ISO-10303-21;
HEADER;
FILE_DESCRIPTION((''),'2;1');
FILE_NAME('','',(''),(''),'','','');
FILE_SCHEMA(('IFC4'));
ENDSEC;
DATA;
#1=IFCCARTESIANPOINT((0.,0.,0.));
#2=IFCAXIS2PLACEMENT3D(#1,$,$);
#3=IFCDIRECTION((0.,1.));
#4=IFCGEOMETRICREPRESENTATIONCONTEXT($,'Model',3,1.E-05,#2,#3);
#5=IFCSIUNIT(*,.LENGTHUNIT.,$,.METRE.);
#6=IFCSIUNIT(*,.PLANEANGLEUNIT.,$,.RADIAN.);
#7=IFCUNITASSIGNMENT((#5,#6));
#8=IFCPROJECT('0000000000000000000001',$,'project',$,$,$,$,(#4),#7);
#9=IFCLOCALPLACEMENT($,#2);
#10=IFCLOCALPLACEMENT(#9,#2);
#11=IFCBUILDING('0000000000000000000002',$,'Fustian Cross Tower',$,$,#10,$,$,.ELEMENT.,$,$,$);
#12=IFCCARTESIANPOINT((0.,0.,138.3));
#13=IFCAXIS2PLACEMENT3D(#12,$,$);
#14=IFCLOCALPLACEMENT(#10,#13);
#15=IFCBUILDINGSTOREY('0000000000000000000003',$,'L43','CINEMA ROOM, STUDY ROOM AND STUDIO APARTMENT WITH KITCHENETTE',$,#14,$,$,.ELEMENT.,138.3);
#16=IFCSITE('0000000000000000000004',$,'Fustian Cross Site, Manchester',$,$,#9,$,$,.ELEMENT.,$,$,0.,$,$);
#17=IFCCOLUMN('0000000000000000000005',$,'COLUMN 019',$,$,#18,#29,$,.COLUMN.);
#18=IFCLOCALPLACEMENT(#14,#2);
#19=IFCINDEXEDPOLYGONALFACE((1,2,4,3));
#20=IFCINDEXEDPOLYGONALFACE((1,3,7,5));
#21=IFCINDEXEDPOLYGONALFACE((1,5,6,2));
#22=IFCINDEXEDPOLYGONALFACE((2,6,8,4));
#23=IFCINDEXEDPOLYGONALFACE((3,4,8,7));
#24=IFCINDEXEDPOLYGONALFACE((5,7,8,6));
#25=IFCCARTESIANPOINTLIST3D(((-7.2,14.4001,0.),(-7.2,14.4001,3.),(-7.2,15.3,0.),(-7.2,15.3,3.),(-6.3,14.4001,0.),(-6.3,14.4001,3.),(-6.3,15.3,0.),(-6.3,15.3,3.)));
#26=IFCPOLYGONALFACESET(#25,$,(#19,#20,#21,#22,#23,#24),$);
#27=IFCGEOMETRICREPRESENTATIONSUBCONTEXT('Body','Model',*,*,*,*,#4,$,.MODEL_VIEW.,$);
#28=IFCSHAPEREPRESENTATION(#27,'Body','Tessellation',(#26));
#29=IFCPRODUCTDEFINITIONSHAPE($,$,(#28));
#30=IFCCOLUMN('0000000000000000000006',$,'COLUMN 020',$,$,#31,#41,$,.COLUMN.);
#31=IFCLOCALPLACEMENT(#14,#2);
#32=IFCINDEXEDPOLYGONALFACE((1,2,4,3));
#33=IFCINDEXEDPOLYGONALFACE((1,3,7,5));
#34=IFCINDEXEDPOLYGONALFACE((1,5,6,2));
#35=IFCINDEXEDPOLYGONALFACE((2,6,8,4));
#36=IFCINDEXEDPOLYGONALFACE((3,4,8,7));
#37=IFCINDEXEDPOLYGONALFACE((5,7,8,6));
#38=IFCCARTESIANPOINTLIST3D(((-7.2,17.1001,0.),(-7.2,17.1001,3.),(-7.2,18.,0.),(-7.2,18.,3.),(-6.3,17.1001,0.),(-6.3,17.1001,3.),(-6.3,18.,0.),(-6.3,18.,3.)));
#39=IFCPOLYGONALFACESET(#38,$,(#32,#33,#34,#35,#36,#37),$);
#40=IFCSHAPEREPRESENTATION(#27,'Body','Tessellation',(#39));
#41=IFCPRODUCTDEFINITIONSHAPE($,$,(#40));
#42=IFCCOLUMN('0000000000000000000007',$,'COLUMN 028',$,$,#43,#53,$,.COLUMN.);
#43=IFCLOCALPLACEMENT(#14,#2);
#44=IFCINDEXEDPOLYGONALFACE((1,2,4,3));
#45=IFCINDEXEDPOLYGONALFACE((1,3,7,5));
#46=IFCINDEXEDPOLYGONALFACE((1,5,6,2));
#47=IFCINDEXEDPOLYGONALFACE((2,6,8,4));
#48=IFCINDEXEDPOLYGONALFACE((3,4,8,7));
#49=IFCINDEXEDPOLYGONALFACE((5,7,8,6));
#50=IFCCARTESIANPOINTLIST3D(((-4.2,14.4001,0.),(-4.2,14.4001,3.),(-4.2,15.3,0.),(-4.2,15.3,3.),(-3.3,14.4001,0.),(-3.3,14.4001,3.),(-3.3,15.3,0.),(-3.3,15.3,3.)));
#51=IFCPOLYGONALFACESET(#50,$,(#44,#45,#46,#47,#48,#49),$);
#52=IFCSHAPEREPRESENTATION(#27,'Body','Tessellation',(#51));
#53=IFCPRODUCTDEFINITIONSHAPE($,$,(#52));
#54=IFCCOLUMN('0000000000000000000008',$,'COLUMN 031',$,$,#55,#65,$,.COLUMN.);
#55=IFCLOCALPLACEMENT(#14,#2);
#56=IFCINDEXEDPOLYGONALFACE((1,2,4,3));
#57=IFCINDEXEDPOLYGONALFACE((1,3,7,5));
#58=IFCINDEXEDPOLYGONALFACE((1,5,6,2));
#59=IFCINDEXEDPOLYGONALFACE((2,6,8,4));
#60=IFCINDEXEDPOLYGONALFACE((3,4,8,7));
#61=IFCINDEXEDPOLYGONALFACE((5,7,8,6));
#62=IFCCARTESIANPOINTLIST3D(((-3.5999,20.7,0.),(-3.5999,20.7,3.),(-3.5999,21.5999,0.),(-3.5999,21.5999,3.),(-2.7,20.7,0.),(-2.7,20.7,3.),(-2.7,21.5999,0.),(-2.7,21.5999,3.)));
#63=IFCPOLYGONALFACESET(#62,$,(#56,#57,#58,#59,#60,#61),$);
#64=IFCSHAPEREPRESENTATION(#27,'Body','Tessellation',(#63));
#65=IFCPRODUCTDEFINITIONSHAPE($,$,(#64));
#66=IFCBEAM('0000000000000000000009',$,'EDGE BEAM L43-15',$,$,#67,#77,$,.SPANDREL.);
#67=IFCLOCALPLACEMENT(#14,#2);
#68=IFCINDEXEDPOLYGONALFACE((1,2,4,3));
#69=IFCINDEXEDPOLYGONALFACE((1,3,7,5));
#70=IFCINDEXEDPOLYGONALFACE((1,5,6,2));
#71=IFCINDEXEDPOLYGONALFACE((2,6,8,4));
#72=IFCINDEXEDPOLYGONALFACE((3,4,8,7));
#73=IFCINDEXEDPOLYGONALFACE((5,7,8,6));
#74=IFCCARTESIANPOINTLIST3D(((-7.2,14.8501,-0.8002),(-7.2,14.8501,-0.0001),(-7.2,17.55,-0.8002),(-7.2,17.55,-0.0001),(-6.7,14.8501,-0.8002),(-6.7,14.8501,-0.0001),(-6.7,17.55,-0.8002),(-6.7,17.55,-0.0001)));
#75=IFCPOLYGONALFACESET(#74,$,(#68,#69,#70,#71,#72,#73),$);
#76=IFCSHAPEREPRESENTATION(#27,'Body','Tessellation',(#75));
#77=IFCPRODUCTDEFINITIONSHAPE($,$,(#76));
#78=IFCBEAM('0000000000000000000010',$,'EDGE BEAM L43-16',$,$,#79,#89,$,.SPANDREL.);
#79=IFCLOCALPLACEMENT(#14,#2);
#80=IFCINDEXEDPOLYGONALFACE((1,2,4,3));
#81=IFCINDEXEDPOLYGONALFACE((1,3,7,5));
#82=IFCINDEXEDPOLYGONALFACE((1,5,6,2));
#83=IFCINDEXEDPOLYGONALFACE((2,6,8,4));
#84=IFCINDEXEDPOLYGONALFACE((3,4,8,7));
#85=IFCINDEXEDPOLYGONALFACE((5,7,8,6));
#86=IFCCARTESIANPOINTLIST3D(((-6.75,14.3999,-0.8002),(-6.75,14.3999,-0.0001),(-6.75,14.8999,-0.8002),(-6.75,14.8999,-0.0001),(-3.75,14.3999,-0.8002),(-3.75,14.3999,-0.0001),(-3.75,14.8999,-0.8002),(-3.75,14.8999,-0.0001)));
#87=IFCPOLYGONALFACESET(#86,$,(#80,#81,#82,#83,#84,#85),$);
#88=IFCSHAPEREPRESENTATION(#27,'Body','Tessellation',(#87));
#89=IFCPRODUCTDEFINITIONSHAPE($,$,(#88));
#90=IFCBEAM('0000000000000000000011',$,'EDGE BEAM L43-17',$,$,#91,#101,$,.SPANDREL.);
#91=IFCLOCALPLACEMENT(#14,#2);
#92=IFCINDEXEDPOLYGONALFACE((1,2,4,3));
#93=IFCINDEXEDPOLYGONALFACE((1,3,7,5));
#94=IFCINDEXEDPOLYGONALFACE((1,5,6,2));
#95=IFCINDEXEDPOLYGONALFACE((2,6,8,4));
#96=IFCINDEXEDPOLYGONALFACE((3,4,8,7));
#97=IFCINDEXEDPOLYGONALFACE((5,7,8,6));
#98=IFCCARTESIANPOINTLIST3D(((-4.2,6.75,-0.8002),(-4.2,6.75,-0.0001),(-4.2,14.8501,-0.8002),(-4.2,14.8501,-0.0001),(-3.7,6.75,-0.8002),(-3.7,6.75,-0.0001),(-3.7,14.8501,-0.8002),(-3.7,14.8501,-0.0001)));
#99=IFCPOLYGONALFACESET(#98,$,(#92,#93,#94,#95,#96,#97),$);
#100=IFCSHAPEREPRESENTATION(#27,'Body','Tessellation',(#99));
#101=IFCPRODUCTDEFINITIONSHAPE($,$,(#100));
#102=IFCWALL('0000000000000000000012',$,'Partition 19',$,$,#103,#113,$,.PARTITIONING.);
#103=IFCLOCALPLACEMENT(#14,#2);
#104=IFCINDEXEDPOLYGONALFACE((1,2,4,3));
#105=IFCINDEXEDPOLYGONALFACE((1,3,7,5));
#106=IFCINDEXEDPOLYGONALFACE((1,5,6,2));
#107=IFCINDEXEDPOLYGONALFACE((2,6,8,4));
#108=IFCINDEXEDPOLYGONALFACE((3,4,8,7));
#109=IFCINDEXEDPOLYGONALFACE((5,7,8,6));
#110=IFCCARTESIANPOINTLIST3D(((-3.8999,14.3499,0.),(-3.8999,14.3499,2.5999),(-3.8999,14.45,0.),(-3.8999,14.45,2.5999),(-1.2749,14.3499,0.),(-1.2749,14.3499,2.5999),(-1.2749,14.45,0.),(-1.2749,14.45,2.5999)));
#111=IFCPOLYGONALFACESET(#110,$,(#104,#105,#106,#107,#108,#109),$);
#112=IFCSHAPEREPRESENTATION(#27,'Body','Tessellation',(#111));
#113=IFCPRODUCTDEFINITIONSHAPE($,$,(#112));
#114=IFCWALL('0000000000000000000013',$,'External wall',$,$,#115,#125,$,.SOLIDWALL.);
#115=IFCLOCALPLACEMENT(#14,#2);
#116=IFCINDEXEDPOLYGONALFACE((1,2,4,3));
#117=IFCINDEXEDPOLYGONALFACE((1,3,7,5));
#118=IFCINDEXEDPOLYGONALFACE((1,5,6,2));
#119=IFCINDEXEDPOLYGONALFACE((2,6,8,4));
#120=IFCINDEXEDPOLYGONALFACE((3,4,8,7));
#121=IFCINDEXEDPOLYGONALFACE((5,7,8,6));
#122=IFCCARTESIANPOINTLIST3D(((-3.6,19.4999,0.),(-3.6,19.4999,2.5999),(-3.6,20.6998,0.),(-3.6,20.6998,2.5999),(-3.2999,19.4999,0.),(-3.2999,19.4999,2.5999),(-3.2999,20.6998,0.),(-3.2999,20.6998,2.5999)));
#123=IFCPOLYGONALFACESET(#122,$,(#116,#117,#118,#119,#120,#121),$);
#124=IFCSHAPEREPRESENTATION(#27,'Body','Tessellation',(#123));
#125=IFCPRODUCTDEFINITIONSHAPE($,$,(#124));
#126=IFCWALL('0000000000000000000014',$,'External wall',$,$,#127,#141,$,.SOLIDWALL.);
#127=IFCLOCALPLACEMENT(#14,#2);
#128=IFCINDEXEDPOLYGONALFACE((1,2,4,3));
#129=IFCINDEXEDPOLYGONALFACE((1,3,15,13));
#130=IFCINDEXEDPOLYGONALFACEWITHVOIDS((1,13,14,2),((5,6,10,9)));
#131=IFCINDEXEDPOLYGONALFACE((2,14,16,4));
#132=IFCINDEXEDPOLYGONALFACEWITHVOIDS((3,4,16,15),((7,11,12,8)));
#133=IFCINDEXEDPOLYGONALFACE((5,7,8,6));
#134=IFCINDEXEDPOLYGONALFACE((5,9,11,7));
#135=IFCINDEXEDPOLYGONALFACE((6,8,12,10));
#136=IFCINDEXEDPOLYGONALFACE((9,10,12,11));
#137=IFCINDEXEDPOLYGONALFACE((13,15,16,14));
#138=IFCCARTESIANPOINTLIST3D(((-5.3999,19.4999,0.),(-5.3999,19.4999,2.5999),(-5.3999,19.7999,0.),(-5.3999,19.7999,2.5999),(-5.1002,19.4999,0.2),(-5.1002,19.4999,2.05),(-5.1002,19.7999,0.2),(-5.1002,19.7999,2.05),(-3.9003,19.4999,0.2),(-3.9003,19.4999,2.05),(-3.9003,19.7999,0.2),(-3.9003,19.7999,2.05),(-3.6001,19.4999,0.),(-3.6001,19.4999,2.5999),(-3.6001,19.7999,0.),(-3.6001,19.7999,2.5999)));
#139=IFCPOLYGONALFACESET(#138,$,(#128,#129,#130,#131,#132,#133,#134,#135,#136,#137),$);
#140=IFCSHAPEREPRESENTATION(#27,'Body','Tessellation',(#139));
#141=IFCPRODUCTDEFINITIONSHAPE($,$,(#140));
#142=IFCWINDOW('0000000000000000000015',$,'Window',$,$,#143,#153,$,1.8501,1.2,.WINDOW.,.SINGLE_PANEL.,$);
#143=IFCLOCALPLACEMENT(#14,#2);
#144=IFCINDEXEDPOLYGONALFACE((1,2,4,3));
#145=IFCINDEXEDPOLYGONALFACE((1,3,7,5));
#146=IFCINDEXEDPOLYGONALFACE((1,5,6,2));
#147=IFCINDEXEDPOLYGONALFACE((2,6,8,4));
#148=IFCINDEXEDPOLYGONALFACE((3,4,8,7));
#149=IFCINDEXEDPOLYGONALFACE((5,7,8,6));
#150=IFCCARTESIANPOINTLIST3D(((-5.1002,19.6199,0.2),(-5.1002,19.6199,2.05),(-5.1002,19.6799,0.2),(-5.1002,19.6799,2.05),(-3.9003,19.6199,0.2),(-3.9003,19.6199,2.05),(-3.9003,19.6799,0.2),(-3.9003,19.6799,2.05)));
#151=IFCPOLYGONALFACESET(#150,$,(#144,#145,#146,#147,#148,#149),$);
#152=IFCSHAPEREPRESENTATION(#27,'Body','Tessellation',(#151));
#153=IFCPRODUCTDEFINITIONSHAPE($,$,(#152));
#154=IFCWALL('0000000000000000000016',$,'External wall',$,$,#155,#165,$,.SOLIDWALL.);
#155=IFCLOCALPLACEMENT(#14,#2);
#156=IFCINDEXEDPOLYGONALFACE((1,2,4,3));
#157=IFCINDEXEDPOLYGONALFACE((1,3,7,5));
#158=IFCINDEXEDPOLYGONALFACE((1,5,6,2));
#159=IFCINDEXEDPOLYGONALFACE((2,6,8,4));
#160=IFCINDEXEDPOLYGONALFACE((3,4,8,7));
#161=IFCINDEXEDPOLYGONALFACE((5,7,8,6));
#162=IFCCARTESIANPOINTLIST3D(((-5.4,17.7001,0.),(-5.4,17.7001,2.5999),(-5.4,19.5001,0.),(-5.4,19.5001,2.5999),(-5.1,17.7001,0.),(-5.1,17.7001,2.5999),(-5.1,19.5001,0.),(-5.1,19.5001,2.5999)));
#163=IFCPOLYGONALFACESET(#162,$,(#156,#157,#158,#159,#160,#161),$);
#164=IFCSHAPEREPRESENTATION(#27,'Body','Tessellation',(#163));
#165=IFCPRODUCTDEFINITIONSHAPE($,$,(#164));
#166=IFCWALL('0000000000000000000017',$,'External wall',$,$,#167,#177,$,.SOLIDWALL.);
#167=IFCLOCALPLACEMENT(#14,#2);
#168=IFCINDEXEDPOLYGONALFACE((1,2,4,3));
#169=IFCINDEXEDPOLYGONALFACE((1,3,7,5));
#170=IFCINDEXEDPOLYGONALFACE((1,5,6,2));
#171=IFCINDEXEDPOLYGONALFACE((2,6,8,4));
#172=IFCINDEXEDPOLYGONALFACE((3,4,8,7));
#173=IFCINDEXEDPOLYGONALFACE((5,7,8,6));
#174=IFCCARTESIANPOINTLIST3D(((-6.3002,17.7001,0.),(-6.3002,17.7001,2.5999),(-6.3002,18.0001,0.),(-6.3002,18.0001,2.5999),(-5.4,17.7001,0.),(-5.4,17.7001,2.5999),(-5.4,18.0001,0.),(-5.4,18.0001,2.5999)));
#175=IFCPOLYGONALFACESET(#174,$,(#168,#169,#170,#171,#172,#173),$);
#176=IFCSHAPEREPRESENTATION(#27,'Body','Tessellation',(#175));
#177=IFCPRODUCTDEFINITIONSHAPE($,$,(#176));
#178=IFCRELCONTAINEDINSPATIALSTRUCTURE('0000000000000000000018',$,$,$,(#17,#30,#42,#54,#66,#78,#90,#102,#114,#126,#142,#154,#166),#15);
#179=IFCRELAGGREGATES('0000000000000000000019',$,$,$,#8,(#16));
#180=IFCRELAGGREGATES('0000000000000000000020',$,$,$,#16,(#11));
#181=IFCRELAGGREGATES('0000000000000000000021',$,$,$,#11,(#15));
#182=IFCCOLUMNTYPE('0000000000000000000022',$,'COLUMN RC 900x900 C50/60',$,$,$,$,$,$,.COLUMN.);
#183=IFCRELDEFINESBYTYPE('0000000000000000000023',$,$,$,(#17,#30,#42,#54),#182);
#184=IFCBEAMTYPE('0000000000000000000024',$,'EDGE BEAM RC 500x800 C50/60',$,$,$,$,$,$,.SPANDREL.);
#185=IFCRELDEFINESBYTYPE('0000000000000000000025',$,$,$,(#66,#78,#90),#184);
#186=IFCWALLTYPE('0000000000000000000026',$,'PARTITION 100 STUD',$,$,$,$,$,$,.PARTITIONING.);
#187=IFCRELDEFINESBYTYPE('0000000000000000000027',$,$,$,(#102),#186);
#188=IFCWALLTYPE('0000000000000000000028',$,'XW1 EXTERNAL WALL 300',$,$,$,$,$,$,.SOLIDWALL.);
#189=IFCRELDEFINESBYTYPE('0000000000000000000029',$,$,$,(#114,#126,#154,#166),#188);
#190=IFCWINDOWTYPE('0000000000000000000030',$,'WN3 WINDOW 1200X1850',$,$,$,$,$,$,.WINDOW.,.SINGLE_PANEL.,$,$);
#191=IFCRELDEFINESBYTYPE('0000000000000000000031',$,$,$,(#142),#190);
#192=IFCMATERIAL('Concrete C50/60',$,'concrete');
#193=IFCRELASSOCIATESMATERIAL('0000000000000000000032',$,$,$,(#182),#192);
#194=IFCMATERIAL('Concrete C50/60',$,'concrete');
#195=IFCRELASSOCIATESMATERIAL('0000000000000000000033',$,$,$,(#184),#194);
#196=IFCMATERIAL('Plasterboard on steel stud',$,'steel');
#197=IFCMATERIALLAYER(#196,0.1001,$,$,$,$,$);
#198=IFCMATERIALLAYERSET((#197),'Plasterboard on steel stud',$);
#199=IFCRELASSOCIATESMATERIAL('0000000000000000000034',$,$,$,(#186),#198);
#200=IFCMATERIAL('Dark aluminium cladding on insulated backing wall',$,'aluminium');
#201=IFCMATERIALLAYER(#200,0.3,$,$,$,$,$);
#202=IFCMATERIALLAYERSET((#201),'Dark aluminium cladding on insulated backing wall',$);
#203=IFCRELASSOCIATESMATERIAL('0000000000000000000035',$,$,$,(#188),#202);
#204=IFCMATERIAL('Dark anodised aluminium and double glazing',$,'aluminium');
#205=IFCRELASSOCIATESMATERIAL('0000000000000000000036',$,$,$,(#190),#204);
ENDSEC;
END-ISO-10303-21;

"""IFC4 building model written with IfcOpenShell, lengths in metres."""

from ifc_helpers import new_model, si_unit, direction, frame, frame_2d, origin, origin_2d, place, context, subcontext, project, spatial, rectangle, extrude, material, layer, layer_set, material_profile, profile_set, type_object, element, fill, save


model = new_model("IFC4")

# Units and contexts
model_context = context("Model", 3, precision=1e-05, world=origin(), true_north=direction((0.0, 1.0)))
body_context = subcontext(model_context, "Body", "Model", "MODEL_VIEW")
ifc_project = project(units=[si_unit("LENGTHUNIT", "METRE"), si_unit("PLANEANGLEUNIT", "RADIAN")], contexts=[model_context])

# Site, building, storey
site_placement = place(None, origin())
site = spatial("IfcSite", under=ifc_project, at=site_placement, Name="Fustian Cross Site, Manchester", CompositionType="ELEMENT", RefElevation=0.0)
building_placement = place(site_placement, origin())
building = spatial("IfcBuilding", under=site, at=building_placement, Name="Fustian Cross Tower", CompositionType="ELEMENT")
storey_placement = place(building_placement, frame((0.0, 0.0, 138.3)))
storey = spatial("IfcBuildingStorey", under=building, at=storey_placement, Name="L43", Description="CINEMA ROOM, STUDY ROOM AND STUDIO APARTMENT WITH KITCHENETTE", CompositionType="ELEMENT", Elevation=138.3)

# Columns
ifc_material_1 = material(Name="Concrete C50/60", Category="concrete")
ifc_material_profile_1 = material_profile(ifc_material_1, rectangle(XDim=0.8999, YDim=0.8999, at=origin_2d()), Name="RC 900x900")
ifc_profile_set_1 = profile_set([ifc_material_profile_1], Name="Concrete C50/60")
column_type = type_object("IfcColumnType", Name="COLUMN RC 900x900 C50/60", PredefinedType="COLUMN", material=ifc_profile_set_1)
for number, where, z_axis, x_axis, name in (
    (1, (-6.75, 14.8501, 0.0), (0.0, 0.0, 1.0), (1.0, 0.0, 0.0), "COLUMN 019"),
    (2, (-6.75, 17.55, 0.0), (0.0, 0.0, 1.0), (1.0, 0.0, 0.0), "COLUMN 020"),
    (3, (-3.75, 14.8501, 0.0), (0.0, 0.0, 1.0), (1.0, 0.0, 0.0), "COLUMN 028"),
    (4, (-3.1499, 21.1499, 0.0), (0.0, 0.0, 1.0), (1.0, 0.0, 0.0), "COLUMN 031"),
):
    element("IfcColumn", number, at=place(storey_placement, frame(where, z_axis=z_axis, x_axis=x_axis)), inside=storey, type_object=column_type, Name=name, PredefinedType="COLUMN", context=body_context, shape_type="SweptSolid", body=[
        extrude(rectangle(XDim=0.8999, YDim=0.8999, at=origin_2d()), origin(), (0.0, 0.0, 1.0), 3.0),
    ])

# Beams
ifc_material_2 = material(Name="Concrete C50/60", Category="concrete")
ifc_material_profile_2 = material_profile(ifc_material_2, rectangle(XDim=0.5, YDim=0.8, at=origin_2d()), Name="RC 500x800")
ifc_profile_set_2 = profile_set([ifc_material_profile_2], Name="Concrete C50/60")
beam_type = type_object("IfcBeamType", Name="EDGE BEAM RC 500x800 C50/60", PredefinedType="SPANDREL", material=ifc_profile_set_2)
beam_1_placement = place(storey_placement, frame((-6.95, 17.55, -0.4001), z_axis=(0.0, -1.0, 0.0), x_axis=(1.0, 0.0, 0.0)))
element("IfcBeam", 5, at=beam_1_placement, inside=storey, type_object=beam_type, Name="EDGE BEAM L43-15", PredefinedType="SPANDREL", context=body_context, shape_type="SweptSolid", body=[
    extrude(rectangle(XDim=0.5, YDim=0.8, at=origin_2d()), origin(), (0.0, 0.0, 1.0), 2.7),
])
beam_2_placement = place(storey_placement, frame((-6.75, 14.6499, -0.4001), z_axis=(1.0, 0.0, 0.0), x_axis=(0.0, 1.0, 0.0)))
element("IfcBeam", 6, at=beam_2_placement, inside=storey, type_object=beam_type, Name="EDGE BEAM L43-16", PredefinedType="SPANDREL", context=body_context, shape_type="SweptSolid", body=[
    extrude(rectangle(XDim=0.5, YDim=0.8, at=origin_2d()), origin(), (0.0, 0.0, 1.0), 3.0),
])
beam_3_placement = place(storey_placement, frame((-3.95, 14.8501, -0.4001), z_axis=(0.0, -1.0, 0.0), x_axis=(1.0, 0.0, 0.0)))
element("IfcBeam", 7, at=beam_3_placement, inside=storey, type_object=beam_type, Name="EDGE BEAM L43-17", PredefinedType="SPANDREL", context=body_context, shape_type="SweptSolid", body=[
    extrude(rectangle(XDim=0.5, YDim=0.8, at=origin_2d()), origin(), (0.0, 0.0, 1.0), 8.1001),
])

# Walls
ifc_material_3 = material(Name="Plasterboard on steel stud", Category="steel")
ifc_layer_1 = layer(ifc_material_3, 0.1001)
ifc_layer_set_1 = layer_set([ifc_layer_1], Name="Plasterboard on steel stud")
wall_type_1 = type_object("IfcWallType", Name="PARTITION 100 STUD", PredefinedType="PARTITIONING", material=ifc_layer_set_1)
wall_1_placement = place(storey_placement, frame((-3.8999, 14.3999, 0.0), z_axis=(0.0, 0.0, 1.0), x_axis=(1.0, 0.0, 0.0)))
element("IfcWall", 8, at=wall_1_placement, inside=storey, type_object=wall_type_1, Name="Partition 19", PredefinedType="PARTITIONING", context=body_context, shape_type="SweptSolid", body=[
    extrude(rectangle(XDim=2.625, YDim=0.1001, at=frame_2d((1.3125, 0.0))), origin(), (0.0, 0.0, 1.0), 2.5999),
])
ifc_material_4 = material(Name="Dark aluminium cladding on insulated backing wall", Category="aluminium")
ifc_layer_2 = layer(ifc_material_4, 0.3)
ifc_layer_set_2 = layer_set([ifc_layer_2], Name="Dark aluminium cladding on insulated backing wall")
wall_type_2 = type_object("IfcWallType", Name="XW1 EXTERNAL WALL 300", PredefinedType="SOLIDWALL", material=ifc_layer_set_2)
wall_2_placement = place(storey_placement, frame((-3.45, 20.7, 0.0), z_axis=(0.0, 0.0, 1.0), x_axis=(0.0, -1.0, 0.0)))
element("IfcWall", 9, at=wall_2_placement, inside=storey, type_object=wall_type_2, Name="External wall", PredefinedType="SOLIDWALL", context=body_context, shape_type="SweptSolid", body=[
    extrude(rectangle(XDim=1.2, YDim=0.3, at=frame_2d((0.6001, 0.0))), origin(), (0.0, 0.0, 1.0), 2.5999),
])

# Wall, opening, window
wall_3_placement = place(storey_placement, frame((-3.6001, 19.6499, 0.0), z_axis=(0.0, 0.0, 1.0), x_axis=(-1.0, 0.0, 0.0)))
wall_3 = element("IfcWall", 10, at=wall_3_placement, inside=storey, type_object=wall_type_2, Name="External wall", PredefinedType="SOLIDWALL", context=body_context, shape_type="SweptSolid", body=[
    extrude(rectangle(XDim=1.7998, YDim=0.3, at=frame_2d((0.8999, 0.0))), origin(), (0.0, 0.0, 1.0), 2.5999),
])
opening_1_placement = place(wall_3_placement, frame((0.3, 0.0, 0.2)))
opening_1 = element("IfcOpeningElement", 11, at=opening_1_placement, cuts=wall_3, PredefinedType="OPENING", context=body_context, shape_type="SweptSolid", body=[
    extrude(rectangle(XDim=1.2, YDim=1.8501, at=frame_2d((0.6001, 0.925))), frame((0.0, 0.1599, 0.0), z_axis=(0.0, -1.0, 0.0), x_axis=(1.0, 0.0, 0.0)), (0.0, 0.0, 1.0), 0.3201),
])
ifc_material_5 = material(Name="Dark anodised aluminium and double glazing", Category="aluminium")
window_type_1 = type_object("IfcWindowType", Name="WN3 WINDOW 1200X1850", PartitioningType="SINGLE_PANEL", PredefinedType="WINDOW", material=ifc_material_5)
window_1_placement = place(opening_1_placement, origin())
window_1 = element("IfcWindow", 12, at=window_1_placement, inside=storey, type_object=window_type_1, Name="Window", OverallHeight=1.8501, OverallWidth=1.2, PartitioningType="SINGLE_PANEL", PredefinedType="WINDOW", context=body_context, shape_type="SweptSolid", body=[
    extrude(rectangle(XDim=1.2, YDim=1.8501, at=frame_2d((0.6001, 0.925))), frame((0.0, 0.03, 0.0), z_axis=(0.0, -1.0, 0.0), x_axis=(1.0, 0.0, 0.0)), (0.0, 0.0, 1.0), 0.0601),
])
fill(opening_1, window_1)

# Walls
wall_4_placement = place(storey_placement, frame((-5.25, 19.5, 0.0), z_axis=(0.0, 0.0, 1.0), x_axis=(0.0, -1.0, 0.0)))
element("IfcWall", 13, at=wall_4_placement, inside=storey, type_object=wall_type_2, Name="External wall", PredefinedType="SOLIDWALL", context=body_context, shape_type="SweptSolid", body=[
    extrude(rectangle(XDim=1.8, YDim=0.3, at=frame_2d((0.8999, 0.0))), origin(), (0.0, 0.0, 1.0), 2.5999),
])
wall_5_placement = place(storey_placement, frame((-5.3999, 17.8501, 0.0), z_axis=(0.0, 0.0, 1.0), x_axis=(-1.0, 0.0, 0.0)))
element("IfcWall", 14, at=wall_5_placement, inside=storey, type_object=wall_type_2, Name="External wall", PredefinedType="SOLIDWALL", context=body_context, shape_type="SweptSolid", body=[
    extrude(rectangle(XDim=0.9001, YDim=0.3, at=frame_2d((0.4502, 0.0))), origin(), (0.0, 0.0, 1.0), 2.5999),
])

save(model, "model.ifc")
